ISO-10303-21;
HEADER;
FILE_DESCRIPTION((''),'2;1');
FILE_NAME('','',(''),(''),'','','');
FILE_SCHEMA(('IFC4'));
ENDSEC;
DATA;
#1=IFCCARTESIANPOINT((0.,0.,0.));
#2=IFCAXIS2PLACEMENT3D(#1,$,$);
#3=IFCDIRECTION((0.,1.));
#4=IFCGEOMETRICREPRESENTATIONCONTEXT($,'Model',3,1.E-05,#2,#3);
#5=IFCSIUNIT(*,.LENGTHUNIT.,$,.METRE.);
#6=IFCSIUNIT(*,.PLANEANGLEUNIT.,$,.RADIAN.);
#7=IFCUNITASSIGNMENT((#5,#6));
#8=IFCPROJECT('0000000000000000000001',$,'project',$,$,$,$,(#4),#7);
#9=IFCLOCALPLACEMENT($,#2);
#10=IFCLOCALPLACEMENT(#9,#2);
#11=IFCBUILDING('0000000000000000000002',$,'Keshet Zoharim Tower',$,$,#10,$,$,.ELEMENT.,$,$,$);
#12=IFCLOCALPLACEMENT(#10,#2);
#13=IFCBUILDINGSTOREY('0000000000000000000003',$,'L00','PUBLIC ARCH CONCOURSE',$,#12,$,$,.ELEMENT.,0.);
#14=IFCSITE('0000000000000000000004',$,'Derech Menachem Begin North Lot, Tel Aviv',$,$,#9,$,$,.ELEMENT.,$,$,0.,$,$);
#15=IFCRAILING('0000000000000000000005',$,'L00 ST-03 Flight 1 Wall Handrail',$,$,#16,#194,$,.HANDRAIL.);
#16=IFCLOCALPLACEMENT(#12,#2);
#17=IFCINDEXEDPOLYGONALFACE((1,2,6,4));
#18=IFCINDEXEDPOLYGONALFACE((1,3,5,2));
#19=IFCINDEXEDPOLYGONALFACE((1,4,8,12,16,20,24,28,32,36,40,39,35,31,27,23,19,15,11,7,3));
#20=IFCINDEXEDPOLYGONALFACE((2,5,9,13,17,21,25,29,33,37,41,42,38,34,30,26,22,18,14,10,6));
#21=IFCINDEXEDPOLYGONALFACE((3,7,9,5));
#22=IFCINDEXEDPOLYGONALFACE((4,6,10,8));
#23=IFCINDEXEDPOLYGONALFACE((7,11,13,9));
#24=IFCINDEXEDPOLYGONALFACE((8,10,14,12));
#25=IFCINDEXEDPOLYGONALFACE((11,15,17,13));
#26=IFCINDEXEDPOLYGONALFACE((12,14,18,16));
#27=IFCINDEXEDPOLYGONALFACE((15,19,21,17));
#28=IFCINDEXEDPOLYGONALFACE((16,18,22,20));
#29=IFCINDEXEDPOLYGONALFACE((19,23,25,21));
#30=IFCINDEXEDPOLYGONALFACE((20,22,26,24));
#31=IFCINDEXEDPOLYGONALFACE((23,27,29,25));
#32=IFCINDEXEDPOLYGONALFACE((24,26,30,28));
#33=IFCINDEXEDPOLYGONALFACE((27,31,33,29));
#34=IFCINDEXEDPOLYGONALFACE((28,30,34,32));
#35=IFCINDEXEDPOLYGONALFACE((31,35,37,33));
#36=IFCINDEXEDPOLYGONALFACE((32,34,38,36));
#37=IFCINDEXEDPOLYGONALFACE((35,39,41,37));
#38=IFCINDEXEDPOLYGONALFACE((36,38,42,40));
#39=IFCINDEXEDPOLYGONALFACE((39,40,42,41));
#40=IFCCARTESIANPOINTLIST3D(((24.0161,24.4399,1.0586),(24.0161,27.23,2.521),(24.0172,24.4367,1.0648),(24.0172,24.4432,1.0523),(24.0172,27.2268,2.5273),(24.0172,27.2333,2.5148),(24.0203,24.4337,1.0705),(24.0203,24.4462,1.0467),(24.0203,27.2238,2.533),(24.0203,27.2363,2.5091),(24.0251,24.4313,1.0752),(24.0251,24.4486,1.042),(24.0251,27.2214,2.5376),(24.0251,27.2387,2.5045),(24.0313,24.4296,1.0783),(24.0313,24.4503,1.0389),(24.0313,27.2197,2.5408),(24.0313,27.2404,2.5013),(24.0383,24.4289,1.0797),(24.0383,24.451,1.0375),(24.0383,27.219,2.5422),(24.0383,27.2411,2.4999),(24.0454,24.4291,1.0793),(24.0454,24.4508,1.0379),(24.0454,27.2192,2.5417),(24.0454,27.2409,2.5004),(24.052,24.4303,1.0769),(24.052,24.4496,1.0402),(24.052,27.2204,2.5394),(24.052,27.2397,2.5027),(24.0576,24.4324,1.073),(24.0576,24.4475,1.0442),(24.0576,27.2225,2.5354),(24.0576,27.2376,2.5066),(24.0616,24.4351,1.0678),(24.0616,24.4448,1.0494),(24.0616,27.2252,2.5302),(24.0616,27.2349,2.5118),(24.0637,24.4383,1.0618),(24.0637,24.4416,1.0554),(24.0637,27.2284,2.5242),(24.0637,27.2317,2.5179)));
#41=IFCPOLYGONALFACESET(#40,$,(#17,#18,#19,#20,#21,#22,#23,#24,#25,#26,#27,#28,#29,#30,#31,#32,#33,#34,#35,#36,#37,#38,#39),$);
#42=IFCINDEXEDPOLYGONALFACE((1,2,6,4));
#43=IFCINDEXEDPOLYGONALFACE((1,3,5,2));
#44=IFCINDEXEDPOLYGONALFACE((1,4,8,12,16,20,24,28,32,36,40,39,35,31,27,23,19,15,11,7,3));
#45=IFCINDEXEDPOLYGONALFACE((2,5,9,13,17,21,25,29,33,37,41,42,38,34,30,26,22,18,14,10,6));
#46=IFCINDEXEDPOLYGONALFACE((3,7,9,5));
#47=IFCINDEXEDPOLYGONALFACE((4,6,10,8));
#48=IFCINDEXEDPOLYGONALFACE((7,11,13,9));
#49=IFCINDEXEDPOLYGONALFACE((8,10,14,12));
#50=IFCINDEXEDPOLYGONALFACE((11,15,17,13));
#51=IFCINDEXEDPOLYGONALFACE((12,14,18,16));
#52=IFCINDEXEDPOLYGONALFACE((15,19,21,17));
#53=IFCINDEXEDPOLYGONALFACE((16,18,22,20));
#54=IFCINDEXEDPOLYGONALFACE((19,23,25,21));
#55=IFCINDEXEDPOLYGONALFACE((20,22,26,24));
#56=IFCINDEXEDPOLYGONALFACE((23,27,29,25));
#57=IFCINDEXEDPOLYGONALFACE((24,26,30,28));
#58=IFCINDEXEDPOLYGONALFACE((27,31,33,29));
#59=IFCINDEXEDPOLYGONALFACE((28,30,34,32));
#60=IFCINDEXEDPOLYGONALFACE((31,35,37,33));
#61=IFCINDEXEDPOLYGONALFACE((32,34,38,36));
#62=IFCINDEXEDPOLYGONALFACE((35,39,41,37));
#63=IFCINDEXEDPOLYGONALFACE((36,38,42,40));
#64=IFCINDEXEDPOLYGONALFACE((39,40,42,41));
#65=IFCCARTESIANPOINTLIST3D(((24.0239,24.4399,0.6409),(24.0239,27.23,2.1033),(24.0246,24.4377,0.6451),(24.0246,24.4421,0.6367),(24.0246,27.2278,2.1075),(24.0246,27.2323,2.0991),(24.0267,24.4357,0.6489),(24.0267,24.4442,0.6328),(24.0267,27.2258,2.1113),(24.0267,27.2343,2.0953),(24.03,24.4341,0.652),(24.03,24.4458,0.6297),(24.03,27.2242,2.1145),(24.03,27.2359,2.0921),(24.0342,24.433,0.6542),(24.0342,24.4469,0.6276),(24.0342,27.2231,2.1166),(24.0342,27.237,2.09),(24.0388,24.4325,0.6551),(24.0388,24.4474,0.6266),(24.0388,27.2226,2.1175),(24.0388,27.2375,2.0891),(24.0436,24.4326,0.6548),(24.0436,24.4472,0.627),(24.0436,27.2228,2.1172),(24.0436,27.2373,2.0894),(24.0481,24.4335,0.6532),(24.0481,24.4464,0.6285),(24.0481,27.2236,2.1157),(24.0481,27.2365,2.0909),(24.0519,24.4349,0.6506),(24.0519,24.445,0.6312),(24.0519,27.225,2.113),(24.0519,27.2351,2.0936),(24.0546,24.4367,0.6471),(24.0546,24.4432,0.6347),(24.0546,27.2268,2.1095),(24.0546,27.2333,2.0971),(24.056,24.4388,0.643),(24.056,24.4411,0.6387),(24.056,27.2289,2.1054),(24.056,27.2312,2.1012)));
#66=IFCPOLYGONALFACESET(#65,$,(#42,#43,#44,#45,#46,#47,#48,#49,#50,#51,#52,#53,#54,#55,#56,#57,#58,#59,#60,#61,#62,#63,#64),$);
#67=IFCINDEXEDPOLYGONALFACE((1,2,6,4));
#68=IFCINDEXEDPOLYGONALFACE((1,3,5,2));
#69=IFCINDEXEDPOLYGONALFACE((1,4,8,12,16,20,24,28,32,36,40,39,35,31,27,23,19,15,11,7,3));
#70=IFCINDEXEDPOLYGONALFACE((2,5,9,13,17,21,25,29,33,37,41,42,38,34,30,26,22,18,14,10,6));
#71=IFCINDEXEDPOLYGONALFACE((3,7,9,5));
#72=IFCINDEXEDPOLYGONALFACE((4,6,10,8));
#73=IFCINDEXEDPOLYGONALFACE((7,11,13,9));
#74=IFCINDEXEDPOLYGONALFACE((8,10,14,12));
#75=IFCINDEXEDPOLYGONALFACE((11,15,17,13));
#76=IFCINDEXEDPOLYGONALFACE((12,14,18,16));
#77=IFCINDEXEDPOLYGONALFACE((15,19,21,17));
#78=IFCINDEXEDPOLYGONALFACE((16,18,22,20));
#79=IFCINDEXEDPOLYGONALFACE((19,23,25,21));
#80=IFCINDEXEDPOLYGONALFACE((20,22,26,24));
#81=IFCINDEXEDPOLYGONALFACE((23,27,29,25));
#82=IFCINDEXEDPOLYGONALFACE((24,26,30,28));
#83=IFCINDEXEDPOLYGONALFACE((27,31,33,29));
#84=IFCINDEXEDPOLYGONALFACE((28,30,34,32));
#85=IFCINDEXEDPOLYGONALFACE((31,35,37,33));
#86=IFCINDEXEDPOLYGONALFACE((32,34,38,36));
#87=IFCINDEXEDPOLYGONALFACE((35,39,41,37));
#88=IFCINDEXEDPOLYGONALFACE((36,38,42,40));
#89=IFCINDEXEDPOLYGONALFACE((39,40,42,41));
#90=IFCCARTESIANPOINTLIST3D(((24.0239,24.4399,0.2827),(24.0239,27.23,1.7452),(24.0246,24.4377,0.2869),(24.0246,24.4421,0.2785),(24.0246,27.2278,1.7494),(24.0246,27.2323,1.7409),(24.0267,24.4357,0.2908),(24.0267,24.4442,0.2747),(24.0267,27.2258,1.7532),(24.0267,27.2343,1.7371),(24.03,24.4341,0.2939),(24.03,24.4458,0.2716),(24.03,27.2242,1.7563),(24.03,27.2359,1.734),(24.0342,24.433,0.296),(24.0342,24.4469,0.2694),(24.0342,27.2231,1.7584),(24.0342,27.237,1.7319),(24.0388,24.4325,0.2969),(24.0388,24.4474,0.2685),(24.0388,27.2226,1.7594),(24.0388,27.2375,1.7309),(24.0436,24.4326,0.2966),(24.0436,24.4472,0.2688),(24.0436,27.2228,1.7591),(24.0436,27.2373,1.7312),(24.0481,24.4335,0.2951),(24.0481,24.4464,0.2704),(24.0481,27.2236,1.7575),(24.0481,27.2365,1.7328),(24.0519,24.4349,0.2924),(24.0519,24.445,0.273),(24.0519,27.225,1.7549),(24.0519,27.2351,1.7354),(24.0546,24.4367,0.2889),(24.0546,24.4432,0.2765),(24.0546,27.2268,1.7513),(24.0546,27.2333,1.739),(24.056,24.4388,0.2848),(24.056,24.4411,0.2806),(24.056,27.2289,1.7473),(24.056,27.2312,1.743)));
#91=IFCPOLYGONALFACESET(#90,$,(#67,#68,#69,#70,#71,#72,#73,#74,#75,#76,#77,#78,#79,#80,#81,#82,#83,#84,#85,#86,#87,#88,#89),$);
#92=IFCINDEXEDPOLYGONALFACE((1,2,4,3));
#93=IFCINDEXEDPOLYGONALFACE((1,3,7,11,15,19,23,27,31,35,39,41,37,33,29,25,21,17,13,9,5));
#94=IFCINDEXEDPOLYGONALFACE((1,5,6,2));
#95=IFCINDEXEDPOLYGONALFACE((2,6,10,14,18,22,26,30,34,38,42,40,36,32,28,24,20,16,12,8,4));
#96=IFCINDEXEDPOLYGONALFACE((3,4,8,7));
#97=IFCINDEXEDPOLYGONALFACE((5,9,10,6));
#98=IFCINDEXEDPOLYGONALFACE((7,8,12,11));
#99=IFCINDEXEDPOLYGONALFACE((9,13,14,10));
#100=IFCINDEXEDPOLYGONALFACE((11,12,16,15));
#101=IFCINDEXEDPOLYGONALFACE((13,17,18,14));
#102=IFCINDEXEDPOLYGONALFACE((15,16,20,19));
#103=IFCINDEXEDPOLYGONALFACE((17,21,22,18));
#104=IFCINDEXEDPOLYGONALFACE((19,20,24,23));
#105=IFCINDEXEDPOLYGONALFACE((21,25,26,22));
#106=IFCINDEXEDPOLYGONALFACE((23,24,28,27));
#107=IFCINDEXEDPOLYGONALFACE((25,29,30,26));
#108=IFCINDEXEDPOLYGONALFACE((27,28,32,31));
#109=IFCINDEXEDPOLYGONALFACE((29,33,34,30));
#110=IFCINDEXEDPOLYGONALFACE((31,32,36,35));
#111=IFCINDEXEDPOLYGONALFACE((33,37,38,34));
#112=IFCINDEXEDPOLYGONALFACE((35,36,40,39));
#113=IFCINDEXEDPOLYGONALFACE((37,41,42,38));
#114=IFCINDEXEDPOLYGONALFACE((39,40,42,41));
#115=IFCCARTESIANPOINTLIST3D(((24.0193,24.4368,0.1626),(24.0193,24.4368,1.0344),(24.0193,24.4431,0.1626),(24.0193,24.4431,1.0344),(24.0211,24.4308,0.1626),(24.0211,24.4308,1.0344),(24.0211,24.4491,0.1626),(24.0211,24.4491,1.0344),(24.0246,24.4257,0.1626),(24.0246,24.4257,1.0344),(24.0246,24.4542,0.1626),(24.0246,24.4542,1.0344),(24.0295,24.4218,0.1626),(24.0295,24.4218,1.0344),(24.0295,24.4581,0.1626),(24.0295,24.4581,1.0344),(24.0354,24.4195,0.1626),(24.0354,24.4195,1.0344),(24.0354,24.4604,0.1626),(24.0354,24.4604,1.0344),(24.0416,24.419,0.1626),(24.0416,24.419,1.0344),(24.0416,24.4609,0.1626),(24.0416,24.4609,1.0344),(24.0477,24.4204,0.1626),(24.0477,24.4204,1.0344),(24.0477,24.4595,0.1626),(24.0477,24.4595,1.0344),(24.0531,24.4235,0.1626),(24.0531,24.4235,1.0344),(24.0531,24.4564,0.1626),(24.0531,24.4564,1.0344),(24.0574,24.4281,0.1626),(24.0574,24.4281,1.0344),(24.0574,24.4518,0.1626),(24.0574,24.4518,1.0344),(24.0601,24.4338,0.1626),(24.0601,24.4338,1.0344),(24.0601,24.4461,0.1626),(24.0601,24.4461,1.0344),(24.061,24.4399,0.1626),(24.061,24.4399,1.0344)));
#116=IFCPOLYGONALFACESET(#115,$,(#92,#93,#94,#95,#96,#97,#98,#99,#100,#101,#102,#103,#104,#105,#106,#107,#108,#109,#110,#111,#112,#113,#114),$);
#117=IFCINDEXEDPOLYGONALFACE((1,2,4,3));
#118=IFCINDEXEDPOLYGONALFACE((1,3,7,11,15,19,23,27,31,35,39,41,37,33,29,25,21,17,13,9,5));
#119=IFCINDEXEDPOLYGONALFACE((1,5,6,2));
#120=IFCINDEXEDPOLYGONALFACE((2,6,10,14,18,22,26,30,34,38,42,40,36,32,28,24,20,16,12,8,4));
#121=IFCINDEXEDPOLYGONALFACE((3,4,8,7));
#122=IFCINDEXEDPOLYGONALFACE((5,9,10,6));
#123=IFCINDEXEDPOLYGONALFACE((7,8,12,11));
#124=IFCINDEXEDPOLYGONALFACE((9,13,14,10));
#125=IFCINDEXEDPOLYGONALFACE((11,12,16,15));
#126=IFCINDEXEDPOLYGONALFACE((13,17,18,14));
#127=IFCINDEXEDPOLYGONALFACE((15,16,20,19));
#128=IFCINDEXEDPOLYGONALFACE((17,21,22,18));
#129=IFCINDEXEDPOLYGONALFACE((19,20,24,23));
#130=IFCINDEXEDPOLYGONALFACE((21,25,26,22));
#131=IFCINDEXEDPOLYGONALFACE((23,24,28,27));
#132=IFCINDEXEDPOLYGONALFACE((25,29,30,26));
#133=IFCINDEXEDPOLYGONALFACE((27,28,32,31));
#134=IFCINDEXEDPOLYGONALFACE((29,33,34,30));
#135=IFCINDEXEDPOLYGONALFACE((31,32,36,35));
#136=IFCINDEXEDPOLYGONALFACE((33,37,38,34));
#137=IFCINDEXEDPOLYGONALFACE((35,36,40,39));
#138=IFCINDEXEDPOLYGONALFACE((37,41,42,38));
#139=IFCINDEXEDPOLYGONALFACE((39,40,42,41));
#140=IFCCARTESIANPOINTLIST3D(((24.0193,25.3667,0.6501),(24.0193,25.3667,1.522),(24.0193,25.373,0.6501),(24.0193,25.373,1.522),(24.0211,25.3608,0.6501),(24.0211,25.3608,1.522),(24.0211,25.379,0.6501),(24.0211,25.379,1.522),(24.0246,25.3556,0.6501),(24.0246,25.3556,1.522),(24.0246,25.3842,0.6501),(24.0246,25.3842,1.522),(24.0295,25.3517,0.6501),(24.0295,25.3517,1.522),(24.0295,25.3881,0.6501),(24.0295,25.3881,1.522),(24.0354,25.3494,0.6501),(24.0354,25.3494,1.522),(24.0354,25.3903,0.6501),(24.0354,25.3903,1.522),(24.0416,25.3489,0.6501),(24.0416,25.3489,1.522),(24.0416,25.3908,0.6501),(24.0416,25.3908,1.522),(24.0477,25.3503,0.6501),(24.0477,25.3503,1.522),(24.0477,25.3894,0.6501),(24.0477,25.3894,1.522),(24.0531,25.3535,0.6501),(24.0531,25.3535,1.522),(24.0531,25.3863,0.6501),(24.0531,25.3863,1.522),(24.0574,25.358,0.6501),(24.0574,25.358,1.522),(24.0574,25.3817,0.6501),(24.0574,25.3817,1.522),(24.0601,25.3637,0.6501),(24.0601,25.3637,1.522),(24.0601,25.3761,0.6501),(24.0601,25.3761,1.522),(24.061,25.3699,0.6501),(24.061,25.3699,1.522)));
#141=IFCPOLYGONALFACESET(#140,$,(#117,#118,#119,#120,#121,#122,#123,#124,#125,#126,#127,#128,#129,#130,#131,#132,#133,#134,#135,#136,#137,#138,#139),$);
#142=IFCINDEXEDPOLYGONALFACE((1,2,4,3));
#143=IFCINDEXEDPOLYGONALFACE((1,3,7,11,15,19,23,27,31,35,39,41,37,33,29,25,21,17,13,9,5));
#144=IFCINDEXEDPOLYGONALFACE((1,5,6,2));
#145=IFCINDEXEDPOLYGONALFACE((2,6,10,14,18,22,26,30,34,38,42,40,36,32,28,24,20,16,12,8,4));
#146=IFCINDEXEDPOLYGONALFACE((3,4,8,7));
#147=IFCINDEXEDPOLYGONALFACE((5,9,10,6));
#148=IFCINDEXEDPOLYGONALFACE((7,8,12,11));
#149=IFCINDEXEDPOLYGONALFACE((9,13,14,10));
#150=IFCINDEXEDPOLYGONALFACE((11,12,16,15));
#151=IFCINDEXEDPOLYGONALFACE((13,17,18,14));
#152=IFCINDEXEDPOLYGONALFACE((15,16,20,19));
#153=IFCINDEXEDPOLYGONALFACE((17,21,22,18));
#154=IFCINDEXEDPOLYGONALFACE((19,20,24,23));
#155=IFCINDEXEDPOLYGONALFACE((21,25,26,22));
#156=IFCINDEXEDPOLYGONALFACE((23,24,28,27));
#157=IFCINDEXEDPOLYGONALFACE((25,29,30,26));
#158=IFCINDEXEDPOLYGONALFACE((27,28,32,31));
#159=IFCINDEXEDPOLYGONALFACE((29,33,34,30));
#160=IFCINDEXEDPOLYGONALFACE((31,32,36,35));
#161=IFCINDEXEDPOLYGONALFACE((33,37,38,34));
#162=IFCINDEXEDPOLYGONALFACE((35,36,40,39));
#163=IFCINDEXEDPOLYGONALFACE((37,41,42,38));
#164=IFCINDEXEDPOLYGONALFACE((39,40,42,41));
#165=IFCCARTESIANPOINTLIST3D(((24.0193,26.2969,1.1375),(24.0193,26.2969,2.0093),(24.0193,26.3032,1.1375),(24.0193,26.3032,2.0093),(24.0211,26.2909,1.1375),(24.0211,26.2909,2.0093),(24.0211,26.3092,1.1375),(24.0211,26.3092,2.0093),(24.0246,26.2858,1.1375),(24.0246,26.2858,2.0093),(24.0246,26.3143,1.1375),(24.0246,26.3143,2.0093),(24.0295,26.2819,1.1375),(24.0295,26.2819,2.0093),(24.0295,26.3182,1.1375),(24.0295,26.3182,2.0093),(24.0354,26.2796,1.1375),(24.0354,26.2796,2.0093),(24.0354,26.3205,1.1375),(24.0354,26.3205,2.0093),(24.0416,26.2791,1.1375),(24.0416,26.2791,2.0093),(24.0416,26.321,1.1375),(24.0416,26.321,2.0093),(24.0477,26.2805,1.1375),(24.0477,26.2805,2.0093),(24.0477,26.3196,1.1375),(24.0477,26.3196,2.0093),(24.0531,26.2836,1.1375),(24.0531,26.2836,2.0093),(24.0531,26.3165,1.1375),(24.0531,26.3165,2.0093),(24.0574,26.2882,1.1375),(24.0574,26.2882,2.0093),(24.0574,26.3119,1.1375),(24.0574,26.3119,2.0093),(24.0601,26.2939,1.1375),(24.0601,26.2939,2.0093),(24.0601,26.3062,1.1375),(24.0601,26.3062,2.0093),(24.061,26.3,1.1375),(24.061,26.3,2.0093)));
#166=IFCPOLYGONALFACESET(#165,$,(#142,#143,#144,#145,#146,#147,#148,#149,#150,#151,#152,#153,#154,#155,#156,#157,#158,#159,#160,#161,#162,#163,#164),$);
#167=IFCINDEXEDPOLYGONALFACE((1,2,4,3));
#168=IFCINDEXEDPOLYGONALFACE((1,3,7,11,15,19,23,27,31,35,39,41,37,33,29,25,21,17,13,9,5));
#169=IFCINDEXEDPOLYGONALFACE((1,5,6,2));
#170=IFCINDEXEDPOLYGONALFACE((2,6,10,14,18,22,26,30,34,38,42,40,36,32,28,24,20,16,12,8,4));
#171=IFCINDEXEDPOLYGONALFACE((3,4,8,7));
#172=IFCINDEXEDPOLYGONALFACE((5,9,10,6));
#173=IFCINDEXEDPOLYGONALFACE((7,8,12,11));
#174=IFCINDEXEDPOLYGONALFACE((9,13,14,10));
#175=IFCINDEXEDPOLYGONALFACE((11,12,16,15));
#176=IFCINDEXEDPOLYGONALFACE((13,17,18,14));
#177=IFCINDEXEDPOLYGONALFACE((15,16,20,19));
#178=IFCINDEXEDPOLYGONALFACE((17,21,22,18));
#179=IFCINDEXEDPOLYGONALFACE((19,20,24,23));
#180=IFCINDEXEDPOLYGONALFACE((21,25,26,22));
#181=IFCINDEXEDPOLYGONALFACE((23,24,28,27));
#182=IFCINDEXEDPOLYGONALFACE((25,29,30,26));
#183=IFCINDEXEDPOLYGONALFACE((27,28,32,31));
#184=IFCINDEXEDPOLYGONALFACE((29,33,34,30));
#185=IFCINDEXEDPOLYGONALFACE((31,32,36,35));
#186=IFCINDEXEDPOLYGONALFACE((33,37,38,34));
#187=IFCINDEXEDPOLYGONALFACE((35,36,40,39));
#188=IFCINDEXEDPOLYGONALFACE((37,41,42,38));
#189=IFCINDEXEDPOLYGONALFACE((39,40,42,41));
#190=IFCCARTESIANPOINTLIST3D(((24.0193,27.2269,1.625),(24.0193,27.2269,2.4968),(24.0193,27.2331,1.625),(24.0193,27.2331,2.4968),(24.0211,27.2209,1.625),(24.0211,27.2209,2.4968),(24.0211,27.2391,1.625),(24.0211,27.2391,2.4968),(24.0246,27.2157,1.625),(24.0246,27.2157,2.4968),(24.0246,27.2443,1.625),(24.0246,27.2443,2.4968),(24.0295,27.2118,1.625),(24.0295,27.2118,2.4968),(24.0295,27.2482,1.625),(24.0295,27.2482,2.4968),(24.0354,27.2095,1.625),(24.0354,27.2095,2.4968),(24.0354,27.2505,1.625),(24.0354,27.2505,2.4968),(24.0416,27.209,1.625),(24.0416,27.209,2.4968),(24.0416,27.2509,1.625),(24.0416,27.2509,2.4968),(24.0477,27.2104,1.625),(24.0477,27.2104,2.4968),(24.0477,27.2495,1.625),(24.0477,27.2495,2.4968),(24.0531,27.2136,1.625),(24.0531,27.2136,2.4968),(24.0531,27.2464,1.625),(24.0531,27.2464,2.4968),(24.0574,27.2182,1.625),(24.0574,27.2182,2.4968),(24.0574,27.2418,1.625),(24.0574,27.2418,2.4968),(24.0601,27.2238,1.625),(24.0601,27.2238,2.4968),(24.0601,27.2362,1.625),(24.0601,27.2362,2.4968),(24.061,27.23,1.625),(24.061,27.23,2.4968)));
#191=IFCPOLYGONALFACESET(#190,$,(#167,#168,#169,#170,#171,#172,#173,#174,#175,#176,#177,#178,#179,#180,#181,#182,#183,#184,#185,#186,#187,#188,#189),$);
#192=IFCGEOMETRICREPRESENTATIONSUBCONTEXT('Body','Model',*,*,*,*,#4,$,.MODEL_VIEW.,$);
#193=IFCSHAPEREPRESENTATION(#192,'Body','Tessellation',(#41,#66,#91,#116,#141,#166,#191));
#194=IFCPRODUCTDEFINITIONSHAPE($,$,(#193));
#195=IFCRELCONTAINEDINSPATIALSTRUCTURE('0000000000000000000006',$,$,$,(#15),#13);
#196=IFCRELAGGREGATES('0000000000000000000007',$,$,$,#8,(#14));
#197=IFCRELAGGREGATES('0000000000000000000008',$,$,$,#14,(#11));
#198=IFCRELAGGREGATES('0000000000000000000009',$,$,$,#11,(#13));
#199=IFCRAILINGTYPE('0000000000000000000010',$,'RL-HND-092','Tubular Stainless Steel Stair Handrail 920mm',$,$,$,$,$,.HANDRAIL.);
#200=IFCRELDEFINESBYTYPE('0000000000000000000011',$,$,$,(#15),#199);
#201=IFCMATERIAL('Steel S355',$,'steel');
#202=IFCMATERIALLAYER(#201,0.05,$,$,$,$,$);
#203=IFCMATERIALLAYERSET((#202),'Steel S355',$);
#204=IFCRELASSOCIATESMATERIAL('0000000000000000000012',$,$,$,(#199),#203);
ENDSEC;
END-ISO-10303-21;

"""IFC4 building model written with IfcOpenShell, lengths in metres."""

from ifc_helpers import new_model, si_unit, direction, frame, origin, origin_2d, place, context, subcontext, project, spatial, circle, extrude, material, layer, layer_set, type_object, element, save


model = new_model("IFC4")

# Units and contexts
model_context = context("Model", 3, precision=1e-05, world=origin(), true_north=direction((0.0, 1.0)))
body_context = subcontext(model_context, "Body", "Model", "MODEL_VIEW")
ifc_project = project(units=[si_unit("LENGTHUNIT", "METRE"), si_unit("PLANEANGLEUNIT", "RADIAN")], contexts=[model_context])

# Site, building, storey
site_placement = place(None, origin())
site = spatial("IfcSite", under=ifc_project, at=site_placement, Name="Derech Menachem Begin North Lot, Tel Aviv", CompositionType="ELEMENT", RefElevation=0.0)
building_placement = place(site_placement, origin())
building = spatial("IfcBuilding", under=site, at=building_placement, Name="Keshet Zoharim Tower", CompositionType="ELEMENT")
storey_placement = place(building_placement, origin())
storey = spatial("IfcBuildingStorey", under=building, at=storey_placement, Name="L00", Description="PUBLIC ARCH CONCOURSE", CompositionType="ELEMENT", Elevation=0.0)

# Shared definitions
ifc_material_1 = material(Name="Steel S355", Category="steel")

# Railing
ifc_layer_1 = layer(ifc_material_1, 0.05)
ifc_layer_set_1 = layer_set([ifc_layer_1], Name="Steel S355")
railing_type_1 = type_object("IfcRailingType", Name="RL-HND-092", Description="Tubular Stainless Steel Stair Handrail 920mm", PredefinedType="HANDRAIL", material=ifc_layer_set_1)
for number, where, name in (
    (1, (24.04, 24.4399, 0.1626), "L00 ST-03 Flight 1 Wall Handrail"),
):
    element("IfcRailing", number, at=place(storey_placement, frame(where)), inside=storey, type_object=railing_type_1, Name=name, PredefinedType="HANDRAIL", context=body_context, shape_type="SweptSolid", body=[
        extrude(circle(Radius=0.0239, at=origin_2d()), frame((0.0, 0.0, 0.896), z_axis=(0.0, 0.885707, 0.464244), x_axis=(-1.0, 0.0, 0.0)), (0.0, 0.0, 1.0), 3.1501),
        extrude(circle(Radius=0.0161, at=origin_2d()), frame((0.0, 0.0, 0.4783), z_axis=(0.0, 0.885707, 0.464244), x_axis=(-1.0, 0.0, 0.0)), (0.0, 0.0, 1.0), 3.1501),
        extrude(circle(Radius=0.0161, at=origin_2d()), frame((0.0, 0.0, 0.1201), z_axis=(0.0, 0.885707, 0.464244), x_axis=(-1.0, 0.0, 0.0)), (0.0, 0.0, 1.0), 3.1501),
        extrude(circle(Radius=0.021, at=origin_2d()), origin(), (0.0, 0.0, 1.0), 0.8718),
        extrude(circle(Radius=0.021, at=origin_2d()), frame((0.0, 0.9299, 0.4875)), (0.0, 0.0, 1.0), 0.8718),
        extrude(circle(Radius=0.021, at=origin_2d()), frame((0.0, 1.8601, 0.9749)), (0.0, 0.0, 1.0), 0.8718),
        extrude(circle(Radius=0.021, at=origin_2d()), frame((0.0, 2.79, 1.4624)), (0.0, 0.0, 1.0), 0.8718),
    ])

save(model, "model.ifc")
